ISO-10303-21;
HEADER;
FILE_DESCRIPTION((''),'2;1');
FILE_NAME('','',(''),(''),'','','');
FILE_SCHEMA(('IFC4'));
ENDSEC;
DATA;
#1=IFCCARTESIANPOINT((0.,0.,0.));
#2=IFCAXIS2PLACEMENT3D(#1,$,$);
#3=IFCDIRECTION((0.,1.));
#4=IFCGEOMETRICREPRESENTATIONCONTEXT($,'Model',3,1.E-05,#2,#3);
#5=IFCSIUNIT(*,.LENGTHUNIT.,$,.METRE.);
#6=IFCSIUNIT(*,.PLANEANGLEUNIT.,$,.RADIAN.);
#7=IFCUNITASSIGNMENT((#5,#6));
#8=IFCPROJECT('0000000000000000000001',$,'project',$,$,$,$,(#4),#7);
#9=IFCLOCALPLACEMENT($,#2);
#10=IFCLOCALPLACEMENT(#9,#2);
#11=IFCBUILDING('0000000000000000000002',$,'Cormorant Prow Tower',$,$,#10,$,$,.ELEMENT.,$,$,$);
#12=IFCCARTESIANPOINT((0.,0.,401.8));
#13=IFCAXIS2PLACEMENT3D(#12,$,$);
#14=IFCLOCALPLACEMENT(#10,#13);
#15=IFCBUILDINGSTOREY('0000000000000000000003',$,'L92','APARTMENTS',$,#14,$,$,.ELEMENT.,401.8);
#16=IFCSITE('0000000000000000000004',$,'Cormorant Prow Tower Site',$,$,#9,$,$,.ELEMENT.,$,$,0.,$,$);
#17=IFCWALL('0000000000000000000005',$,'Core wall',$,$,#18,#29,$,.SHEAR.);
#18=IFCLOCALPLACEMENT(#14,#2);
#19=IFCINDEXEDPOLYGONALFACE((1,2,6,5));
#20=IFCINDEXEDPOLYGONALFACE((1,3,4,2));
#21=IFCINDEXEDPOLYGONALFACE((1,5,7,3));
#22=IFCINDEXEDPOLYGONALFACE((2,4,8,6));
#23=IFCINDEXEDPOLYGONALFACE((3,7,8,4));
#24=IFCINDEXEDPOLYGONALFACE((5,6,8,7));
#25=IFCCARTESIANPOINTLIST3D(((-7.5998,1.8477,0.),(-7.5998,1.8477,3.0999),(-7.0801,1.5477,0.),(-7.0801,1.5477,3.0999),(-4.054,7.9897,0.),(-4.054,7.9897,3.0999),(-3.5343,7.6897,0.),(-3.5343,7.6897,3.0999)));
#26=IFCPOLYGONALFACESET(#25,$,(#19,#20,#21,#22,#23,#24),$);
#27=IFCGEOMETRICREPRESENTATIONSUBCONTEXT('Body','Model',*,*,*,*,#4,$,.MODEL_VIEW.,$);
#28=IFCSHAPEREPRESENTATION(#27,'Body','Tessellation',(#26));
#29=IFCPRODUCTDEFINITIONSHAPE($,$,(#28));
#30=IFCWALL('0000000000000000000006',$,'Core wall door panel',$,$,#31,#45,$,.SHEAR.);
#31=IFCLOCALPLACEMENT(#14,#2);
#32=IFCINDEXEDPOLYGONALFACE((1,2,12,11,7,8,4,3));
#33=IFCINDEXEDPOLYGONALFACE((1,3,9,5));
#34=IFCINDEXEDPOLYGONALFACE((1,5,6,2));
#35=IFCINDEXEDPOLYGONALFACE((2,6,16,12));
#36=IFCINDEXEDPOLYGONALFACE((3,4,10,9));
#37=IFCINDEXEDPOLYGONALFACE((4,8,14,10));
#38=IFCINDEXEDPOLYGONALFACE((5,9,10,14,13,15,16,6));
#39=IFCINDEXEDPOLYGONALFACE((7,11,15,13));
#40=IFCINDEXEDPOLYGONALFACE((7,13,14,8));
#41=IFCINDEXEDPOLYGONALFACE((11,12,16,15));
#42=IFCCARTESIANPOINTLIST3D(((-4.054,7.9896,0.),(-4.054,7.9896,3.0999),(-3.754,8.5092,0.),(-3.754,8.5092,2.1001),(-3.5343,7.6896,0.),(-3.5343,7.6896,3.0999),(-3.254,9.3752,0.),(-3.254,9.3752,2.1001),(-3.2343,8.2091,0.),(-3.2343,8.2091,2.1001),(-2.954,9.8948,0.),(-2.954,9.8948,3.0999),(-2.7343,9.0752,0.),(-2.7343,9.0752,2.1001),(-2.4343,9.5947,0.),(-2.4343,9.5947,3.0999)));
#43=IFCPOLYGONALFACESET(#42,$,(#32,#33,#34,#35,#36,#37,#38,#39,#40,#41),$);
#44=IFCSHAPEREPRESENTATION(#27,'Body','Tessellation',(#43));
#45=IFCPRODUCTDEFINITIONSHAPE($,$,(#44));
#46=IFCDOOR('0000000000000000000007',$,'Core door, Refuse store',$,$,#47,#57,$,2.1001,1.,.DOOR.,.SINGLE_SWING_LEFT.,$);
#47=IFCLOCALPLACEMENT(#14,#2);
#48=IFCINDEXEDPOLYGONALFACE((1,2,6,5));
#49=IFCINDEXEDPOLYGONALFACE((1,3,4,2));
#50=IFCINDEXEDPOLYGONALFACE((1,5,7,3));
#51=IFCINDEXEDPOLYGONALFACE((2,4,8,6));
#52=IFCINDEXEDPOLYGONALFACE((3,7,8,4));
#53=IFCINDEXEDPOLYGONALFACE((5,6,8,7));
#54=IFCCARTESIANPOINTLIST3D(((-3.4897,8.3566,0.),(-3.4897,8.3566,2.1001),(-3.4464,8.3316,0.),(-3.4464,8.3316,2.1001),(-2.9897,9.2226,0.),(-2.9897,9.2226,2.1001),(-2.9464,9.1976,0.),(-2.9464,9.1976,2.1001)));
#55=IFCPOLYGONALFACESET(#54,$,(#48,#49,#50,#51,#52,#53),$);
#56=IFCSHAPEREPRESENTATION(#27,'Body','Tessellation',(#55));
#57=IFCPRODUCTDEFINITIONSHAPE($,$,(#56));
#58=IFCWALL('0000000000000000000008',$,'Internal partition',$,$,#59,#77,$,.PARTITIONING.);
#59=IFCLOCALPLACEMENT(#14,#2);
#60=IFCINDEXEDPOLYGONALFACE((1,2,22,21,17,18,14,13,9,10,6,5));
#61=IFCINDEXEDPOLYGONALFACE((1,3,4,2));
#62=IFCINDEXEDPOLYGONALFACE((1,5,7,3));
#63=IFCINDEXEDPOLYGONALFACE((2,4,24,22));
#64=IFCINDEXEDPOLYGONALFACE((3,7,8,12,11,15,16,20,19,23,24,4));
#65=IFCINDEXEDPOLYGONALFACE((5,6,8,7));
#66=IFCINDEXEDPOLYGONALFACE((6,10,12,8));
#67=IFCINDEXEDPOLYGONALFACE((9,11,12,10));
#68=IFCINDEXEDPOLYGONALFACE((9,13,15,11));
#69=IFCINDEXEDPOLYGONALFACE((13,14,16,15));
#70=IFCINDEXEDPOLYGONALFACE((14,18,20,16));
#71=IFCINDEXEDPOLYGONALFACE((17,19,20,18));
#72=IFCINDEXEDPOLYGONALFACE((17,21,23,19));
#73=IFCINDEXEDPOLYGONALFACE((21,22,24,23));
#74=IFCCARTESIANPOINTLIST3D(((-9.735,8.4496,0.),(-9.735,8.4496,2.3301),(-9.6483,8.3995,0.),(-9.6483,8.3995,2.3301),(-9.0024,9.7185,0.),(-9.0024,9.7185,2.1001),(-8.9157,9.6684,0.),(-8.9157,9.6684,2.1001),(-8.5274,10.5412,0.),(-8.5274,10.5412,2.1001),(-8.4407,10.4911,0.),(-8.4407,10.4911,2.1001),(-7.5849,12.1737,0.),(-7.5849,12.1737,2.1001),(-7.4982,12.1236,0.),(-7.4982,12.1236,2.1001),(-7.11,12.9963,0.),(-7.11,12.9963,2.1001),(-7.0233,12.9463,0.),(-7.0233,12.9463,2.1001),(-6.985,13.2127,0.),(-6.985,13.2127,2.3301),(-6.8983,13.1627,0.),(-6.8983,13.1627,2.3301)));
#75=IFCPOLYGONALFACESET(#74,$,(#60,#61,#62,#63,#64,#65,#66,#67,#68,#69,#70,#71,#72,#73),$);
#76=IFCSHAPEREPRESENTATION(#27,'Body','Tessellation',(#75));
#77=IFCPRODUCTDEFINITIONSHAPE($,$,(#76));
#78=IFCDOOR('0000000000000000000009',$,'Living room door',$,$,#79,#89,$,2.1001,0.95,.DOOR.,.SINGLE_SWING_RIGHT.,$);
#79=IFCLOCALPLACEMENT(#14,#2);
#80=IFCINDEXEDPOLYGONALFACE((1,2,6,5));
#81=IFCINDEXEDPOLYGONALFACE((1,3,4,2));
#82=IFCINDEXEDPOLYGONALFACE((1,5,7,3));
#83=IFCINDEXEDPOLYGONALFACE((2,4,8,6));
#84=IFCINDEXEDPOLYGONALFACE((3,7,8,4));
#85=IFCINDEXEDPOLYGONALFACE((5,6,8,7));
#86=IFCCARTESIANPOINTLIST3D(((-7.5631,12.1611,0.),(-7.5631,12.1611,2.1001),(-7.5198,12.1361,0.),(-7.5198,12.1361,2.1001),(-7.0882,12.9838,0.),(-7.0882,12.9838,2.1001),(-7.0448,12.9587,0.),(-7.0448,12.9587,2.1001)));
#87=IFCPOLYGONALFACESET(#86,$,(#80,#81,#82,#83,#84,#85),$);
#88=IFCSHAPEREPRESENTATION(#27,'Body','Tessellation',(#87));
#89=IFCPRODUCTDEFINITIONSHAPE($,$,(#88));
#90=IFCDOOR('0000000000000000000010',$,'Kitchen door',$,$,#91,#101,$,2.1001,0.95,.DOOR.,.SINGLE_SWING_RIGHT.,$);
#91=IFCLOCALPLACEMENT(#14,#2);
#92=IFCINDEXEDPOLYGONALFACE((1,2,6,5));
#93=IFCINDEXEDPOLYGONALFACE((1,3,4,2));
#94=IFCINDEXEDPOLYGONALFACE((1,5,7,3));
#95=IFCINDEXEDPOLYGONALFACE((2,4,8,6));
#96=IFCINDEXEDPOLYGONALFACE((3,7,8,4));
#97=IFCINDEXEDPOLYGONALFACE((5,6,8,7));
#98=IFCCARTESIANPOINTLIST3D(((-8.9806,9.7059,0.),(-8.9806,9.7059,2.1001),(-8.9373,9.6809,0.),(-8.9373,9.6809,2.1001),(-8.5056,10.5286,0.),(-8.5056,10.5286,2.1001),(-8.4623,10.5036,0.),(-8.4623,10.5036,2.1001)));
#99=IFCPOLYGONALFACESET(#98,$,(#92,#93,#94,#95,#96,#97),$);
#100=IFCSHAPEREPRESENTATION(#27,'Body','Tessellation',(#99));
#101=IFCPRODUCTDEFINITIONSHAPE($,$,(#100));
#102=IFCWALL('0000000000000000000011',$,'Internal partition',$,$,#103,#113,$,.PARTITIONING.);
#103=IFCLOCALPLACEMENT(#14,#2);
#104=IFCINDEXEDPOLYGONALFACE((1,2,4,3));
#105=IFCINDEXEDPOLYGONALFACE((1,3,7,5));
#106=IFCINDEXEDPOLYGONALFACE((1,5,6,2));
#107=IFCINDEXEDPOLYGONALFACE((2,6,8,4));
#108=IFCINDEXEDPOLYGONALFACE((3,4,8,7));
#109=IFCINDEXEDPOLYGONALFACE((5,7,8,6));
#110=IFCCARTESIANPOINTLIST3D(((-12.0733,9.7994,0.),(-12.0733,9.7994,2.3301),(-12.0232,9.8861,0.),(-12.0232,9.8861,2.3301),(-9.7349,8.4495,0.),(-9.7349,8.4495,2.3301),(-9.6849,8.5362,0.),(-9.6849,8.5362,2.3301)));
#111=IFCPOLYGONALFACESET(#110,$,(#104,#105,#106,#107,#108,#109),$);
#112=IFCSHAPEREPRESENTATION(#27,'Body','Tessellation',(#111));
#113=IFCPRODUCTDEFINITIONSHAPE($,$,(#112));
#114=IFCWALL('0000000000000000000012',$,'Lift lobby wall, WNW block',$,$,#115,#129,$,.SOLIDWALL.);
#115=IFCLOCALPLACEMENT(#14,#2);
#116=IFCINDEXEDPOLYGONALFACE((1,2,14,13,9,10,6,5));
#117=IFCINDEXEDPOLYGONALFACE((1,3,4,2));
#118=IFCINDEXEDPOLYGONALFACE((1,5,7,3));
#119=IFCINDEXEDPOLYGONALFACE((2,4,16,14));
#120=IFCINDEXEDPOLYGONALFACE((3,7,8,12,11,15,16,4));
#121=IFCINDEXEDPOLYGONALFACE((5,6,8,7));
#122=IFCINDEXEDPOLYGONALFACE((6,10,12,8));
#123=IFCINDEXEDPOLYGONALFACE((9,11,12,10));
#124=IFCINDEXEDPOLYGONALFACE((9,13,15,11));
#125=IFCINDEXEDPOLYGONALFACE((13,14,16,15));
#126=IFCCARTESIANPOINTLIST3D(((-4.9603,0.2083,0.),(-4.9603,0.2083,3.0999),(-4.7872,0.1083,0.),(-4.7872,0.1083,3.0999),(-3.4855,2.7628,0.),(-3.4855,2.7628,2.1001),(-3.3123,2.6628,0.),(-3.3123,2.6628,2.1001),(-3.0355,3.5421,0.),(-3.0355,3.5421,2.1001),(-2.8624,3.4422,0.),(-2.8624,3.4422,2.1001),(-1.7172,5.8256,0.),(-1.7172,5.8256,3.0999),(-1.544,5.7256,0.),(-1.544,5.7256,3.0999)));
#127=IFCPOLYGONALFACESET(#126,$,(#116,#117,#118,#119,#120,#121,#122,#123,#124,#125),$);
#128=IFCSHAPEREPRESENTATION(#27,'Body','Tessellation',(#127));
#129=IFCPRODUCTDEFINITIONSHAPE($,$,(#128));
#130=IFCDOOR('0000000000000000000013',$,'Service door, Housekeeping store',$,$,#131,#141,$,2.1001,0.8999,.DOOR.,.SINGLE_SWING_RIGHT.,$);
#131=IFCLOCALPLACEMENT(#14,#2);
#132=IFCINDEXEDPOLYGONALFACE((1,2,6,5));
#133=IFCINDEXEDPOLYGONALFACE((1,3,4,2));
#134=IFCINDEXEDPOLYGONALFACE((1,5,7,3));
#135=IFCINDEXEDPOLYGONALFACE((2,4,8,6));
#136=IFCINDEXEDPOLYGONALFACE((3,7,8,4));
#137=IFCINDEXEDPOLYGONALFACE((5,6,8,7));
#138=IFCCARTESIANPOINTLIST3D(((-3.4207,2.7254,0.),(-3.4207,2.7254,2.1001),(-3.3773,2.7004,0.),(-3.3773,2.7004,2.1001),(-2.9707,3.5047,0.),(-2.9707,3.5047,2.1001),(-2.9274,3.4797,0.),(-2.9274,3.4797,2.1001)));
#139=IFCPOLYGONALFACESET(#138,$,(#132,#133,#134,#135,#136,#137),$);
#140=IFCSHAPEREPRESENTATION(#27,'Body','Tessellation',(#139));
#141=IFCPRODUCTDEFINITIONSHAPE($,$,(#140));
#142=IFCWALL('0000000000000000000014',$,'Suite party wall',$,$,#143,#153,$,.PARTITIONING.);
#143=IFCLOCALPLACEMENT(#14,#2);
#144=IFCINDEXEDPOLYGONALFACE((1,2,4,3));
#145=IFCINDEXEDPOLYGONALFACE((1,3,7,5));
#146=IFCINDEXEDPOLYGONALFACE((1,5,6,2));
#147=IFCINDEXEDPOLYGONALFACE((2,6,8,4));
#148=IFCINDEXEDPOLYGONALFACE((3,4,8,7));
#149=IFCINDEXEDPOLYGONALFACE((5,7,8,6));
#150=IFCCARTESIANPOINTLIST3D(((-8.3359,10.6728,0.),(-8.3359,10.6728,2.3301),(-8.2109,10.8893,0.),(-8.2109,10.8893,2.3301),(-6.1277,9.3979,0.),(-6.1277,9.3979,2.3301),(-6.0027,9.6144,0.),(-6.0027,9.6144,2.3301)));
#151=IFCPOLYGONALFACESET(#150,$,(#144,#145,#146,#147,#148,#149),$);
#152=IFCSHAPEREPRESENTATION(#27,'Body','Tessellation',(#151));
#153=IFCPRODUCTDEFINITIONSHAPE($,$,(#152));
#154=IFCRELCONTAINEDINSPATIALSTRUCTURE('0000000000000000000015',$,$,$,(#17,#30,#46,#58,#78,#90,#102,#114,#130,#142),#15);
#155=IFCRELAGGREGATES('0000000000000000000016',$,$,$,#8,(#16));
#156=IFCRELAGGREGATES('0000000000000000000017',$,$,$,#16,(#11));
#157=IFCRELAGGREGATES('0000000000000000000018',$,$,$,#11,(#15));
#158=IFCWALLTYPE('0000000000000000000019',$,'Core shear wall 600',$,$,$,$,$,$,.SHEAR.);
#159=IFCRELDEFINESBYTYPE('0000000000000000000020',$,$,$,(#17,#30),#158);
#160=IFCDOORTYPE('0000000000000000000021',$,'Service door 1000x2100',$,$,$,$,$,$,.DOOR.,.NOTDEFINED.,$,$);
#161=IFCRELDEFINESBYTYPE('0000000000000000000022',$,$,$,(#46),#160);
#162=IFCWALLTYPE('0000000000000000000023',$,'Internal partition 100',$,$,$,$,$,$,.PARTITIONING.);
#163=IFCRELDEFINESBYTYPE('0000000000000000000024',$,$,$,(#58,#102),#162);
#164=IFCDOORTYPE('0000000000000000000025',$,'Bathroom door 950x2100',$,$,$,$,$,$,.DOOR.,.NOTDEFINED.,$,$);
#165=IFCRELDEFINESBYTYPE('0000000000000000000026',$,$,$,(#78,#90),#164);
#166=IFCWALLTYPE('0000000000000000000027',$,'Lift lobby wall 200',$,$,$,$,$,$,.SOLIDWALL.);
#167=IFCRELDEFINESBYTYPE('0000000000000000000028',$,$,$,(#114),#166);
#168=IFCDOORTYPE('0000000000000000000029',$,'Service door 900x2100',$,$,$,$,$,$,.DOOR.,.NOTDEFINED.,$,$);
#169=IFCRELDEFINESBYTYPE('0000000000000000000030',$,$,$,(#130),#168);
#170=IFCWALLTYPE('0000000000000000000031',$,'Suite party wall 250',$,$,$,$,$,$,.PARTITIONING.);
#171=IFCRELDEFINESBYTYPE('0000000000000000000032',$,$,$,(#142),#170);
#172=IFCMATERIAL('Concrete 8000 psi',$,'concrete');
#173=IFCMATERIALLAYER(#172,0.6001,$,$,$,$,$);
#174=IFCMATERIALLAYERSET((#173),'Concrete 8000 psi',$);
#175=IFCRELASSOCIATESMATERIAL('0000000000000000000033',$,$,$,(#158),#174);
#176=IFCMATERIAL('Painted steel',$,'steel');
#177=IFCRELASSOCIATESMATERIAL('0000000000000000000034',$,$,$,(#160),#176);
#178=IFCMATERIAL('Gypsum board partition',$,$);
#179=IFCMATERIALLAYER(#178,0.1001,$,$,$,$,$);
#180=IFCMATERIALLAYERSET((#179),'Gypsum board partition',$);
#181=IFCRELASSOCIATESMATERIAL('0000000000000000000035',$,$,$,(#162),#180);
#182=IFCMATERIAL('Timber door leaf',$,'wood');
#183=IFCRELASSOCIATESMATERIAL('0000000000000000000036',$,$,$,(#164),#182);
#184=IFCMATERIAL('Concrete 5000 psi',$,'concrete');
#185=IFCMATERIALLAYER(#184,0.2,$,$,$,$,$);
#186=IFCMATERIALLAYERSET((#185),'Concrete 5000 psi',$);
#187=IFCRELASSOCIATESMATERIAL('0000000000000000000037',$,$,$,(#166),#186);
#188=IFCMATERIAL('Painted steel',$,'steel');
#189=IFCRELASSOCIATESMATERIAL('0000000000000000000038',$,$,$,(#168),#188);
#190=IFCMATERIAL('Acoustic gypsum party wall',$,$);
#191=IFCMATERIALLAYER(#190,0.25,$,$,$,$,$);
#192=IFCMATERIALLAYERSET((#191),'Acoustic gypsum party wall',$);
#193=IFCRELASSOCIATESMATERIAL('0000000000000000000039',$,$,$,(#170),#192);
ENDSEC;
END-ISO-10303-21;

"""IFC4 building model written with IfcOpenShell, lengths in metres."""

from ifc_helpers import new_model, si_unit, direction, frame, frame_2d, origin, place, context, subcontext, project, spatial, rectangle, extrude, material, layer, layer_set, type_object, element, fill, save


model = new_model("IFC4")

# Units and contexts
model_context = context("Model", 3, precision=1e-05, world=origin(), true_north=direction((0.0, 1.0)))
body_context = subcontext(model_context, "Body", "Model", "MODEL_VIEW")
ifc_project = project(units=[si_unit("LENGTHUNIT", "METRE"), si_unit("PLANEANGLEUNIT", "RADIAN")], contexts=[model_context])

# Site, building, storey
site_placement = place(None, origin())
site = spatial("IfcSite", under=ifc_project, at=site_placement, Name="Cormorant Prow Tower Site", CompositionType="ELEMENT", RefElevation=0.0)
building_placement = place(site_placement, origin())
building = spatial("IfcBuilding", under=site, at=building_placement, Name="Cormorant Prow Tower", CompositionType="ELEMENT")
storey_placement = place(building_placement, frame((0.0, 0.0, 401.8)))
storey = spatial("IfcBuildingStorey", under=building, at=storey_placement, Name="L92", Description="APARTMENTS", CompositionType="ELEMENT", Elevation=401.8)

# Wall
ifc_material_1 = material(Name="Concrete 8000 psi", Category="concrete")
ifc_layer_1 = layer(ifc_material_1, 0.6001)
ifc_layer_set_1 = layer_set([ifc_layer_1], Name="Concrete 8000 psi")
wall_type_1 = type_object("IfcWallType", Name="Core shear wall 600", PredefinedType="SHEAR", material=ifc_layer_set_1)
wall_1_placement = place(storey_placement, frame((-3.7942, 7.8396, 0.0), z_axis=(0.0, 0.0, 1.0), x_axis=(-0.499975, -0.86604, 0.0)))
element("IfcWall", 1, at=wall_1_placement, inside=storey, type_object=wall_type_1, Name="Core wall", PredefinedType="SHEAR", context=body_context, shape_type="SweptSolid", body=[
    extrude(rectangle(XDim=7.092, YDim=0.6001, at=frame_2d((3.5459, 0.0))), origin(), (0.0, 0.0, 1.0), 3.0999),
])

# Wall, opening, door
wall_2_placement = place(storey_placement, frame((-2.6941, 9.7449, 0.0), z_axis=(0.0, 0.0, 1.0), x_axis=(-0.50003, -0.866008, 0.0)))
wall_2 = element("IfcWall", 2, at=wall_2_placement, inside=storey, type_object=wall_type_1, Name="Core wall door panel", PredefinedType="SHEAR", context=body_context, shape_type="SweptSolid", body=[
    extrude(rectangle(XDim=2.2, YDim=0.6001, at=frame_2d((1.1001, 0.0))), origin(), (0.0, 0.0, 1.0), 3.0999),
])
opening_1_placement = place(wall_2_placement, frame((0.6001, 0.0, 0.0)))
opening_1 = element("IfcOpeningElement", 3, at=opening_1_placement, cuts=wall_2, PredefinedType="OPENING", context=body_context, shape_type="SweptSolid", body=[
    extrude(rectangle(XDim=1.0, YDim=2.1001, at=frame_2d((0.5, 1.05))), frame((0.0, 0.3101, 0.0), z_axis=(0.0, -1.0, 0.0), x_axis=(1.0, 0.0, 0.0)), (0.0, 0.0, 1.0), 0.6201),
])
ifc_material_2 = material(Name="Painted steel", Category="steel")
door_type_1 = type_object("IfcDoorType", Name="Service door 1000x2100", OperationType="NOTDEFINED", PredefinedType="DOOR", material=ifc_material_2)
door_1_placement = place(opening_1_placement, origin())
door_1 = element("IfcDoor", 4, at=door_1_placement, inside=storey, type_object=door_type_1, Name="Core door, Refuse store", OperationType="SINGLE_SWING_LEFT", OverallHeight=2.1001, OverallWidth=1.0, PredefinedType="DOOR", context=body_context, shape_type="SweptSolid", body=[
    extrude(rectangle(XDim=1.0, YDim=2.1001, at=frame_2d((0.5, 1.05))), frame((0.0, 0.0552, 0.0), z_axis=(0.0, -1.0, 0.0), x_axis=(1.0, 0.0, 0.0)), (0.0, 0.0, 1.0), 0.05),
])
fill(opening_1, door_1)

# Wall, openings, doors
ifc_material_3 = material(Name="Gypsum board partition")
ifc_layer_2 = layer(ifc_material_3, 0.1001)
ifc_layer_set_2 = layer_set([ifc_layer_2], Name="Gypsum board partition")
wall_type_2 = type_object("IfcWallType", Name="Internal partition 100", PredefinedType="PARTITIONING", material=ifc_layer_set_2)
wall_3_placement = place(storey_placement, frame((-9.6917, 8.4246, 0.0), z_axis=(0.0, 0.0, 1.0), x_axis=(0.499997, 0.866027, 0.0)))
wall_3 = element("IfcWall", 5, at=wall_3_placement, inside=storey, type_object=wall_type_2, Name="Internal partition", PredefinedType="PARTITIONING", context=body_context, shape_type="SweptSolid", body=[
    extrude(rectangle(XDim=5.5, YDim=0.1001, at=frame_2d((2.75, 0.0))), origin(), (0.0, 0.0, 1.0), 2.3301),
])
opening_2_placement = place(wall_3_placement, frame((4.3, 0.0, 0.0)))
opening_2 = element("IfcOpeningElement", 6, at=opening_2_placement, cuts=wall_3, PredefinedType="OPENING", context=body_context, shape_type="SweptSolid", body=[
    extrude(rectangle(XDim=0.95, YDim=2.1001, at=frame_2d((0.4751, 1.05))), frame((0.0, 0.0601, 0.0), z_axis=(0.0, -1.0, 0.0), x_axis=(1.0, 0.0, 0.0)), (0.0, 0.0, 1.0), 0.1201),
])
opening_3_placement = place(wall_3_placement, frame((1.4651, 0.0, 0.0)))
opening_3 = element("IfcOpeningElement", 7, at=opening_3_placement, cuts=wall_3, PredefinedType="OPENING", context=body_context, shape_type="SweptSolid", body=[
    extrude(rectangle(XDim=0.95, YDim=2.1001, at=frame_2d((0.4751, 1.05))), frame((0.0, 0.0601, 0.0), z_axis=(0.0, -1.0, 0.0), x_axis=(1.0, 0.0, 0.0)), (0.0, 0.0, 1.0), 0.1201),
])
ifc_material_4 = material(Name="Timber door leaf", Category="wood")
door_type_2 = type_object("IfcDoorType", Name="Bathroom door 950x2100", OperationType="NOTDEFINED", PredefinedType="DOOR", material=ifc_material_4)
door_2_placement = place(opening_2_placement, origin())
door_2 = element("IfcDoor", 8, at=door_2_placement, inside=storey, type_object=door_type_2, Name="Living room door", OperationType="SINGLE_SWING_RIGHT", OverallHeight=2.1001, OverallWidth=0.95, PredefinedType="DOOR", context=body_context, shape_type="SweptSolid", body=[
    extrude(rectangle(XDim=0.95, YDim=2.1001, at=frame_2d((0.4751, 1.05))), frame((0.0, 0.0249, 0.0), z_axis=(0.0, -1.0, 0.0), x_axis=(1.0, 0.0, 0.0)), (0.0, 0.0, 1.0), 0.05),
])
fill(opening_2, door_2)
door_3_placement = place(opening_3_placement, origin())
door_3 = element("IfcDoor", 9, at=door_3_placement, inside=storey, type_object=door_type_2, Name="Kitchen door", OperationType="SINGLE_SWING_RIGHT", OverallHeight=2.1001, OverallWidth=0.95, PredefinedType="DOOR", context=body_context, shape_type="SweptSolid", body=[
    extrude(rectangle(XDim=0.95, YDim=2.1001, at=frame_2d((0.4751, 1.05))), frame((0.0, 0.0249, 0.0), z_axis=(0.0, -1.0, 0.0), x_axis=(1.0, 0.0, 0.0)), (0.0, 0.0, 1.0), 0.05),
])
fill(opening_3, door_3)

# Wall
wall_4_placement = place(storey_placement, frame((-12.0483, 9.8428, 0.0), z_axis=(0.0, 0.0, 1.0), x_axis=(0.866059, -0.499942, 0.0)))
element("IfcWall", 10, at=wall_4_placement, inside=storey, type_object=wall_type_2, Name="Internal partition", PredefinedType="PARTITIONING", context=body_context, shape_type="SweptSolid", body=[
    extrude(rectangle(XDim=2.7, YDim=0.1001, at=frame_2d((1.3501, 0.0))), origin(), (0.0, 0.0, 1.0), 2.3301),
])

# Wall, opening, door
ifc_material_5 = material(Name="Concrete 5000 psi", Category="concrete")
ifc_layer_3 = layer(ifc_material_5, 0.2)
ifc_layer_set_3 = layer_set([ifc_layer_3], Name="Concrete 5000 psi")
wall_type_3 = type_object("IfcWallType", Name="Lift lobby wall 200", PredefinedType="SOLIDWALL", material=ifc_layer_set_3)
wall_5_placement = place(storey_placement, frame((-1.6306, 5.7756, 0.0), z_axis=(0.0, 0.0, 1.0), x_axis=(-0.499993, -0.86603, 0.0)))
wall_5 = element("IfcWall", 11, at=wall_5_placement, inside=storey, type_object=wall_type_3, Name="Lift lobby wall, WNW block", PredefinedType="SOLIDWALL", context=body_context, shape_type="SweptSolid", body=[
    extrude(rectangle(XDim=6.4863, YDim=0.2, at=frame_2d((3.2432, 0.0))), origin(), (0.0, 0.0, 1.0), 3.0999),
])
opening_4_placement = place(wall_5_placement, frame((2.6367, 0.0, 0.0)))
opening_4 = element("IfcOpeningElement", 12, at=opening_4_placement, cuts=wall_5, PredefinedType="OPENING", context=body_context, shape_type="SweptSolid", body=[
    extrude(rectangle(XDim=0.8999, YDim=2.1001, at=frame_2d((0.45, 1.05))), frame((0.0, 0.1099, 0.0), z_axis=(0.0, -1.0, 0.0), x_axis=(1.0, 0.0, 0.0)), (0.0, 0.0, 1.0), 0.22),
])
ifc_material_6 = material(Name="Painted steel", Category="steel")
door_type_3 = type_object("IfcDoorType", Name="Service door 900x2100", OperationType="NOTDEFINED", PredefinedType="DOOR", material=ifc_material_6)
door_4_placement = place(opening_4_placement, origin())
door_4 = element("IfcDoor", 13, at=door_4_placement, inside=storey, type_object=door_type_3, Name="Service door, Housekeeping store", OperationType="SINGLE_SWING_RIGHT", OverallHeight=2.1001, OverallWidth=0.8999, PredefinedType="DOOR", context=body_context, shape_type="SweptSolid", body=[
    extrude(rectangle(XDim=0.8999, YDim=2.1001, at=frame_2d((0.45, 1.05))), frame((0.0, 0.0249, 0.0), z_axis=(0.0, -1.0, 0.0), x_axis=(1.0, 0.0, 0.0)), (0.0, 0.0, 1.0), 0.05),
])
fill(opening_4, door_4)

# Wall
ifc_material_7 = material(Name="Acoustic gypsum party wall")
ifc_layer_4 = layer(ifc_material_7, 0.25)
ifc_layer_set_4 = layer_set([ifc_layer_4], Name="Acoustic gypsum party wall")
wall_type_4 = type_object("IfcWallType", Name="Suite party wall 250", PredefinedType="PARTITIONING", material=ifc_layer_set_4)
wall_6_placement = place(storey_placement, frame((-8.2734, 10.781, 0.0), z_axis=(0.0, 0.0, 1.0), x_axis=(0.866031, -0.49999, 0.0)))
element("IfcWall", 14, at=wall_6_placement, inside=storey, type_object=wall_type_4, Name="Suite party wall", PredefinedType="PARTITIONING", context=body_context, shape_type="SweptSolid", body=[
    extrude(rectangle(XDim=2.5498, YDim=0.25, at=frame_2d((1.2749, 0.0))), origin(), (0.0, 0.0, 1.0), 2.3301),
])

save(model, "model.ifc")
